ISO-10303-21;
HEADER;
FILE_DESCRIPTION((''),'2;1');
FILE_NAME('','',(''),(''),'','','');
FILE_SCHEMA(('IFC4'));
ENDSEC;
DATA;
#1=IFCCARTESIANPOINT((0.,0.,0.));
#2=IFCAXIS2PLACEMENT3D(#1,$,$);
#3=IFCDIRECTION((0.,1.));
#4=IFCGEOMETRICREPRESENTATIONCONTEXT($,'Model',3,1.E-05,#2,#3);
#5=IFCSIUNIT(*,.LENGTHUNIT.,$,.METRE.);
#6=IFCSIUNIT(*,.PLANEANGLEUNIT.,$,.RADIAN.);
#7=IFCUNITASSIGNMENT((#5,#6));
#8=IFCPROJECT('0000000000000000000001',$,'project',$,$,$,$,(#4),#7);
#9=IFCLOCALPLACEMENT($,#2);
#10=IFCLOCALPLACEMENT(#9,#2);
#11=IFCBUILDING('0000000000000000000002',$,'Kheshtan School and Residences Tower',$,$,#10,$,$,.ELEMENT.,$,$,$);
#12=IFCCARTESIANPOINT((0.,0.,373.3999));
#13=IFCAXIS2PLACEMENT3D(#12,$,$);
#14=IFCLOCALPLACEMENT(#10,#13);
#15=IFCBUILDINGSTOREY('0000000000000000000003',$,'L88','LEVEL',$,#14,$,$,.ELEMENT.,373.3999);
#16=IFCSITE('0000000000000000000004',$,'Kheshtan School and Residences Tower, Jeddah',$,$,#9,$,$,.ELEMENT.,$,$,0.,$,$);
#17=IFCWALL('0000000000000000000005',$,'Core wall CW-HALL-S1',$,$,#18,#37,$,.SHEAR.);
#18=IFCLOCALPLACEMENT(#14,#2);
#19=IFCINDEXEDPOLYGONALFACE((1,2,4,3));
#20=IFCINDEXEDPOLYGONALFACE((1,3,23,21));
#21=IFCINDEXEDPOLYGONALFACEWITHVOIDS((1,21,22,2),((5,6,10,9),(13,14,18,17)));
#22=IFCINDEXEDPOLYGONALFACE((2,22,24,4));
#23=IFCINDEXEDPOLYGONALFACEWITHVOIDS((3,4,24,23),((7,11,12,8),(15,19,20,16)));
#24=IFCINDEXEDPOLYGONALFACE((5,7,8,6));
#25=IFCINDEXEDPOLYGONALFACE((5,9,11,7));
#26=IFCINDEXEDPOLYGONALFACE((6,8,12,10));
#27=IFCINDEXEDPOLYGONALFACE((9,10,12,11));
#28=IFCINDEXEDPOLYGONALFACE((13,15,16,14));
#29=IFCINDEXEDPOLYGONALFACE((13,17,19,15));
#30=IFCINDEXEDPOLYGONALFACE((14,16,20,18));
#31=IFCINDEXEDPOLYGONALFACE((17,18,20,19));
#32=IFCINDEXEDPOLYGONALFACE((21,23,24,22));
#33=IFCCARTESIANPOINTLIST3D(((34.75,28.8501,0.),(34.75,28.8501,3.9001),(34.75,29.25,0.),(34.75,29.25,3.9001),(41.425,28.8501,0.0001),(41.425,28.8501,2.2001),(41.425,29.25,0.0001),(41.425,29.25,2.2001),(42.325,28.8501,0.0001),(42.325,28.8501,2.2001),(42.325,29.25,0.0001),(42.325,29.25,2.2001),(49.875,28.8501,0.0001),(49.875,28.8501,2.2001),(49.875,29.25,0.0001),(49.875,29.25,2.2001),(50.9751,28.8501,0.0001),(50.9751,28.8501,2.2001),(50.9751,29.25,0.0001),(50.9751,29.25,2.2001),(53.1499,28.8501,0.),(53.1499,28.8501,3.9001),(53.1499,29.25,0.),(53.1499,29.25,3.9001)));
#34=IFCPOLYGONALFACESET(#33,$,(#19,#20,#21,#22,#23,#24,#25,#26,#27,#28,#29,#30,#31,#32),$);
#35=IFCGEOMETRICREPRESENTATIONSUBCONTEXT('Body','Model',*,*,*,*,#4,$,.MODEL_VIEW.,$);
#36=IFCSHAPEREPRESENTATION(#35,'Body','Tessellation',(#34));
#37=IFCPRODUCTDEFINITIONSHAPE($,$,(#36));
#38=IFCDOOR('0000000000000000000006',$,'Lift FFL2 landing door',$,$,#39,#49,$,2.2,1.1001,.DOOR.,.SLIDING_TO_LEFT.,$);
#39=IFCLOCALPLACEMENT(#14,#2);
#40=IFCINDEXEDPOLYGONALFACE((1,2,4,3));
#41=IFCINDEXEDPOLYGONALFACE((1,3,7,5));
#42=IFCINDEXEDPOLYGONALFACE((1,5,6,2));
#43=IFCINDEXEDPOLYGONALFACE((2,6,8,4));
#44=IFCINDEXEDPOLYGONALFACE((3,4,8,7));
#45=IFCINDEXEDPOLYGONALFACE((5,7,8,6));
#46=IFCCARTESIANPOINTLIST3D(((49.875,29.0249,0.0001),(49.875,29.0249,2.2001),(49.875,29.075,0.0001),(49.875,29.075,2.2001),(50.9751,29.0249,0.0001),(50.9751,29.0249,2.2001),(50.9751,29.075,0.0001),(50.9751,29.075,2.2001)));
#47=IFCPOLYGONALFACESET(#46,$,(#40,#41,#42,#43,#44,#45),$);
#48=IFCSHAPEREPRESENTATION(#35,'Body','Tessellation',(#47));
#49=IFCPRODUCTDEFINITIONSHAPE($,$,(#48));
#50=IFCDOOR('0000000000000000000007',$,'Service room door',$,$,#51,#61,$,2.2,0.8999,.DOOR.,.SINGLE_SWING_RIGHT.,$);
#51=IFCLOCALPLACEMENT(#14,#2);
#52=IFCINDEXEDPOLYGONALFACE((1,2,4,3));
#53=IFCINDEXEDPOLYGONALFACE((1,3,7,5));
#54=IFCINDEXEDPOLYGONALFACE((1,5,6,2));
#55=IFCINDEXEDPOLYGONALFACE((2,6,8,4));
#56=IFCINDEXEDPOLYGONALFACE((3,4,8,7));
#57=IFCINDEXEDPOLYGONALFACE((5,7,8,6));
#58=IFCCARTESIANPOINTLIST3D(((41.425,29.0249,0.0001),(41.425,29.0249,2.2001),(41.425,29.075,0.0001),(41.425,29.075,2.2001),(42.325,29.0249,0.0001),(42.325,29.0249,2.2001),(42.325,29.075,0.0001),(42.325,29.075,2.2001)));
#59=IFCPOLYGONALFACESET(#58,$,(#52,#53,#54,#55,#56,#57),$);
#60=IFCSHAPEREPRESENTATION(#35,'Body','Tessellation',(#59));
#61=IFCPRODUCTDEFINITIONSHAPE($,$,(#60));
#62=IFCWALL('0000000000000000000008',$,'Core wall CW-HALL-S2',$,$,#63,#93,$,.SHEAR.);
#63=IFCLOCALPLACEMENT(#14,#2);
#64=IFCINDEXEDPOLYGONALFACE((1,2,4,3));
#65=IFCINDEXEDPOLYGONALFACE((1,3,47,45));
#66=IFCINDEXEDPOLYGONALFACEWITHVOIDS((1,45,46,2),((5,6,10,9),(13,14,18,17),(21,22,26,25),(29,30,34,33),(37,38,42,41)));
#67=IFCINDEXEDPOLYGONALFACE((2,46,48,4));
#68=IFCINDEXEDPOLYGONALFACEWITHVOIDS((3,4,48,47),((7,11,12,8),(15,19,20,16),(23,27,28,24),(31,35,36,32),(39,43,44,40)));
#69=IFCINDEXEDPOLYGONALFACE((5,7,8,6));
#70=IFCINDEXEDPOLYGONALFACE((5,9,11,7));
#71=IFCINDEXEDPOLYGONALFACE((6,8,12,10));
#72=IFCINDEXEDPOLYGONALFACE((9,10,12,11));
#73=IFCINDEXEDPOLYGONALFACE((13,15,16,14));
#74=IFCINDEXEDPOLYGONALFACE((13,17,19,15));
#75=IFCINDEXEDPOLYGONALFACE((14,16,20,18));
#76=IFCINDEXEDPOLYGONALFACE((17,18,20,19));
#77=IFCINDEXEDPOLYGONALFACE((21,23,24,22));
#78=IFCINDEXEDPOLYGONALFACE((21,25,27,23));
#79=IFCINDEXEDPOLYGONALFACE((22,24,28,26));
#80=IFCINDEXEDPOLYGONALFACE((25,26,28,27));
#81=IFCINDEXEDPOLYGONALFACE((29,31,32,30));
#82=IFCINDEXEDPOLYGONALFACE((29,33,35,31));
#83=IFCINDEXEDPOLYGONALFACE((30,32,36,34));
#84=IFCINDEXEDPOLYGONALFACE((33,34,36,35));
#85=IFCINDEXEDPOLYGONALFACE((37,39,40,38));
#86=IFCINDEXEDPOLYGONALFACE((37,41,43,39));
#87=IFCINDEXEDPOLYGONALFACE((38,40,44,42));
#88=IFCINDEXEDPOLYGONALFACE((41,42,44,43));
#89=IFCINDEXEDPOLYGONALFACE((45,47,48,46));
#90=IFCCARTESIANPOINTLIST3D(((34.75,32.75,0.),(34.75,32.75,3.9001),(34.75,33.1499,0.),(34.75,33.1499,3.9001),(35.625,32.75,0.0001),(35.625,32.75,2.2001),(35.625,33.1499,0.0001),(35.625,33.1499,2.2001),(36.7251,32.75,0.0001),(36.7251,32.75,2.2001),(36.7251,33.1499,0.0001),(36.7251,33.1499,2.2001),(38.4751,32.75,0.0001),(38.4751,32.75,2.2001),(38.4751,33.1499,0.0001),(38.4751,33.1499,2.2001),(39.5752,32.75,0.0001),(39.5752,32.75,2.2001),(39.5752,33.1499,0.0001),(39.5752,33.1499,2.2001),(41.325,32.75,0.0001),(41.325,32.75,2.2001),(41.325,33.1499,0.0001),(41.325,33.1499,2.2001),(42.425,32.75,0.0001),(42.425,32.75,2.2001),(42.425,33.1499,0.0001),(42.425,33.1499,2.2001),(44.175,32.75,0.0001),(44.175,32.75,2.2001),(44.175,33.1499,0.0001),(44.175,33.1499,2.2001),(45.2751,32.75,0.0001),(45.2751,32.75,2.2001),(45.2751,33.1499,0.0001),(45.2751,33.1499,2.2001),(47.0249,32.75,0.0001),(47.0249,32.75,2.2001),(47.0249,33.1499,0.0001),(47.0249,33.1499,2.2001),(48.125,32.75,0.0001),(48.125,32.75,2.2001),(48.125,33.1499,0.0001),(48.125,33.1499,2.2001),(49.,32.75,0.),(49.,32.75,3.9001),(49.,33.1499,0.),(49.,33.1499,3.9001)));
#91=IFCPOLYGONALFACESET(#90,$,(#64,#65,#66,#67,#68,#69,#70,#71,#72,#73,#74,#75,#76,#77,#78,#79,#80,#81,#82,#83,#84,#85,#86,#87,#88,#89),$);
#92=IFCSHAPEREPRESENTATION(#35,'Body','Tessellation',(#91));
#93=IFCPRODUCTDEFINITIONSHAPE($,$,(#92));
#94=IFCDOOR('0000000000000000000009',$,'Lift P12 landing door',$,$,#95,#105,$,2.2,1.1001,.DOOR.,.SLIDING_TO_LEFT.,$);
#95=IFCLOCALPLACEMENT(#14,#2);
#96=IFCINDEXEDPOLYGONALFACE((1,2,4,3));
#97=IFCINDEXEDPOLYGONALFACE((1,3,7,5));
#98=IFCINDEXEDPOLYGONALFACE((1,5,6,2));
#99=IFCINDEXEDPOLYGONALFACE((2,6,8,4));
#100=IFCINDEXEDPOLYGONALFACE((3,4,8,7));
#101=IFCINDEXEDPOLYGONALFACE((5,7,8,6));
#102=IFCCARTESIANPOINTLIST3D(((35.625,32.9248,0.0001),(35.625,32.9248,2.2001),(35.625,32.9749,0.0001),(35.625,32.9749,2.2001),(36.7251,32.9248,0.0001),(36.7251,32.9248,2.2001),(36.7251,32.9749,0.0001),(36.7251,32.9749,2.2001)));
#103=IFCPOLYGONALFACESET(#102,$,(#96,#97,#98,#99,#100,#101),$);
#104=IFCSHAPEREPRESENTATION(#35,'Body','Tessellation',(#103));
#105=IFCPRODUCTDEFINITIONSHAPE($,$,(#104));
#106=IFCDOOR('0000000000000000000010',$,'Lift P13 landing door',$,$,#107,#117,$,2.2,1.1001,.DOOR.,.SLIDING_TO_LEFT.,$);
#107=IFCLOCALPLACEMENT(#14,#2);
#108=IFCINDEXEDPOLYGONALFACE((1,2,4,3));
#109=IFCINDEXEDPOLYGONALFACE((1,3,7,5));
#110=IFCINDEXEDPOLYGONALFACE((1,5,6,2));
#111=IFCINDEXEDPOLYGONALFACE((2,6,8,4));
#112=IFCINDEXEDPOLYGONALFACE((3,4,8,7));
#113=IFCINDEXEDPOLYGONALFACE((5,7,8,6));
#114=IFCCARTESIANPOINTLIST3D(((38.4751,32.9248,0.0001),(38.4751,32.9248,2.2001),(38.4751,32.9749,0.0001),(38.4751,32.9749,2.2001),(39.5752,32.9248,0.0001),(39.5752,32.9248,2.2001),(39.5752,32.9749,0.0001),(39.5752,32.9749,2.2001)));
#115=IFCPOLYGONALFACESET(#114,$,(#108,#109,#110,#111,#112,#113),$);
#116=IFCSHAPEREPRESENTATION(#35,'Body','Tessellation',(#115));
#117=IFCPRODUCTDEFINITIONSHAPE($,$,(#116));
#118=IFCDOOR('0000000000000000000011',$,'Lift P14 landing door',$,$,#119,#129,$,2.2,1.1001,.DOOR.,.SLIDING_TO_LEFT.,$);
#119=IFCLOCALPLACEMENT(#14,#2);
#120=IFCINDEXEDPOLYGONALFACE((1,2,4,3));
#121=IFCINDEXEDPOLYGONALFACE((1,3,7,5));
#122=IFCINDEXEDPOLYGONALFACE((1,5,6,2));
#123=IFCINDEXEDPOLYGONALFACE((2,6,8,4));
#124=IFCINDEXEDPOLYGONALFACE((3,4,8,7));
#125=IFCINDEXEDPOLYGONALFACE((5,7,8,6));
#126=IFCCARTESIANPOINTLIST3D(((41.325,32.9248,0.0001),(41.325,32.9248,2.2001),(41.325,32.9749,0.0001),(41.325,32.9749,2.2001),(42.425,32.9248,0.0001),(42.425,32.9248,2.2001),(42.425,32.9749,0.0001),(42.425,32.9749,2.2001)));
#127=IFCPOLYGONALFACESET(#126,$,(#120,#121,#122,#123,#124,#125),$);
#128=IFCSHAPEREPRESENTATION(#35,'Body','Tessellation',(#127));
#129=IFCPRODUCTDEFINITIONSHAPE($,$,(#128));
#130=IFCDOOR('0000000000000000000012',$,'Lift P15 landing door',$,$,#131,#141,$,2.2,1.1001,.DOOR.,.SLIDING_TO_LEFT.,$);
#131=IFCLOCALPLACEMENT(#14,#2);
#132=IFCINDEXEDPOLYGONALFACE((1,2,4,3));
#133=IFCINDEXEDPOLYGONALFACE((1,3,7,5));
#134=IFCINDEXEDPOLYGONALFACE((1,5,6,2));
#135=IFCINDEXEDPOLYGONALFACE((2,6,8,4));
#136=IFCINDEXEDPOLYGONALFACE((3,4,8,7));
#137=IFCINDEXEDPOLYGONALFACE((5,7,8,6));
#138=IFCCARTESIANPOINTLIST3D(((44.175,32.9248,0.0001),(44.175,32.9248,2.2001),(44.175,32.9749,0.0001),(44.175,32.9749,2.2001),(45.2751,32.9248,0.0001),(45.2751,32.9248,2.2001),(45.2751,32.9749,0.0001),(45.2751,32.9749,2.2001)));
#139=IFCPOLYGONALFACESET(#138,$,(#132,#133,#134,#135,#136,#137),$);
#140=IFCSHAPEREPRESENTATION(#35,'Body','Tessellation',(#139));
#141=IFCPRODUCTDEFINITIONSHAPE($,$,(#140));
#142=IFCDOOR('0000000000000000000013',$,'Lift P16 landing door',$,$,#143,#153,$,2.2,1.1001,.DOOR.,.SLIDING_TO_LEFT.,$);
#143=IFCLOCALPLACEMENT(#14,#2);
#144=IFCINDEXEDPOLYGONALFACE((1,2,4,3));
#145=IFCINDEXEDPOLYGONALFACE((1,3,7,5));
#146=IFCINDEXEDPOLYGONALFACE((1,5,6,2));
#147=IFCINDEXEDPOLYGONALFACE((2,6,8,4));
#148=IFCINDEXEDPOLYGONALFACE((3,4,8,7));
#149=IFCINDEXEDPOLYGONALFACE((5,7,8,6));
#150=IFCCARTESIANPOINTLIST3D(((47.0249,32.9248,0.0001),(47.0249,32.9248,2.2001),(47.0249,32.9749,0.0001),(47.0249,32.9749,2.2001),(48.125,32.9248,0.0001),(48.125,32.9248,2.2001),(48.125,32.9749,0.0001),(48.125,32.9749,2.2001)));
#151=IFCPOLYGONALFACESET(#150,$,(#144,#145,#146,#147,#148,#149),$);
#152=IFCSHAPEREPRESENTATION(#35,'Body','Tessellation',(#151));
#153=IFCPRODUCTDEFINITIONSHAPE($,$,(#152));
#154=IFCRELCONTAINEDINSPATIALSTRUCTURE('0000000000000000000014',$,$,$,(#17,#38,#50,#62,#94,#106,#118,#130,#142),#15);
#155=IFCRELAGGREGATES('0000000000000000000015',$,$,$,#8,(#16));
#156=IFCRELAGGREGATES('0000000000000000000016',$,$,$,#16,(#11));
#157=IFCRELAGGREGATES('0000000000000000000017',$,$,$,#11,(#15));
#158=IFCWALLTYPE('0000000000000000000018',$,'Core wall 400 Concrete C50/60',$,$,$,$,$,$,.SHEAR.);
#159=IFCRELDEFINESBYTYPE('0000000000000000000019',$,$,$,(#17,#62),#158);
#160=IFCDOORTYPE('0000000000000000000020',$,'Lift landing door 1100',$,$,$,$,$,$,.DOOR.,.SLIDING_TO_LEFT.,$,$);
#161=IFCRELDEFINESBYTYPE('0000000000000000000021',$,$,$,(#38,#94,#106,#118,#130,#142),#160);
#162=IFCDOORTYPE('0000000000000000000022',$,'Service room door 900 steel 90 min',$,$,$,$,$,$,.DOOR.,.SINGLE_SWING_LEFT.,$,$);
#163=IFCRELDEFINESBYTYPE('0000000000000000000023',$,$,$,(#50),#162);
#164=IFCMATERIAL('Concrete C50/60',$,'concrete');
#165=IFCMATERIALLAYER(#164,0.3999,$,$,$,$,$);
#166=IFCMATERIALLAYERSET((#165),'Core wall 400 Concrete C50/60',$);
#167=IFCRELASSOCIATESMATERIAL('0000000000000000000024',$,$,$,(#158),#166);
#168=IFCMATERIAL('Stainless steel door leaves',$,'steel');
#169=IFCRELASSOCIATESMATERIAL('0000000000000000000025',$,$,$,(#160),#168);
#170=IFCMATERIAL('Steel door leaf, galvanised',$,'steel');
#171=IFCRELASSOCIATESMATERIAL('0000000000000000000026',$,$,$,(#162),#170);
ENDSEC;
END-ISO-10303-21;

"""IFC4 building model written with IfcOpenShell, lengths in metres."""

from ifc_helpers import new_model, si_unit, direction, frame, frame_2d, origin, place, context, subcontext, project, spatial, rectangle, extrude, source, transform, mapped, material, layer, layer_set, type_object, element, fill, save


model = new_model("IFC4")

# Units and contexts
model_context = context("Model", 3, precision=1e-05, world=origin(), true_north=direction((0.0, 1.0)))
body_context = subcontext(model_context, "Body", "Model", "MODEL_VIEW")
ifc_project = project(units=[si_unit("LENGTHUNIT", "METRE"), si_unit("PLANEANGLEUNIT", "RADIAN")], contexts=[model_context])

# Site, building, storey
site_placement = place(None, origin())
site = spatial("IfcSite", under=ifc_project, at=site_placement, Name="Kheshtan School and Residences Tower, Jeddah", CompositionType="ELEMENT", RefElevation=0.0)
building_placement = place(site_placement, origin())
building = spatial("IfcBuilding", under=site, at=building_placement, Name="Kheshtan School and Residences Tower", CompositionType="ELEMENT")
storey_placement = place(building_placement, frame((0.0, 0.0, 373.3999)))
storey = spatial("IfcBuildingStorey", under=building, at=storey_placement, Name="L88", Description="LEVEL", CompositionType="ELEMENT", Elevation=373.3999)

# Walls, openings, doors
ifc_material_1 = material(Name="Concrete C50/60", Category="concrete")
ifc_layer_1 = layer(ifc_material_1, 0.3999)
ifc_layer_set_1 = layer_set([ifc_layer_1], Name="Core wall 400 Concrete C50/60")
wall_type_1 = type_object("IfcWallType", Name="Core wall 400 Concrete C50/60", PredefinedType="SHEAR", material=ifc_layer_set_1)
wall_1_placement = place(storey_placement, frame((34.75, 29.05, 0.0), z_axis=(0.0, 0.0, 1.0), x_axis=(1.0, 0.0, 0.0)))
wall_1 = element("IfcWall", 1, at=wall_1_placement, inside=storey, type_object=wall_type_1, Name="Core wall CW-HALL-S1", PredefinedType="SHEAR", context=body_context, shape_type="SweptSolid", body=[
    extrude(rectangle(XDim=18.3999, YDim=0.3999, at=frame_2d((9.2, 0.0))), origin(), (0.0, 0.0, 1.0), 3.9001),
])
opening_1_placement = place(wall_1_placement, frame((15.125, 0.0, 0.0)))
opening_1 = element("IfcOpeningElement", 2, at=opening_1_placement, cuts=wall_1, PredefinedType="OPENING", context=body_context, shape_type="SweptSolid", body=[
    extrude(rectangle(XDim=1.1001, YDim=2.2, at=frame_2d((0.55, 1.1001))), frame((0.0, 0.21, 0.0), z_axis=(0.0, -1.0, 0.0), x_axis=(1.0, 0.0, 0.0)), (0.0, 0.0, 1.0), 0.4199),
])
opening_2_placement = place(wall_1_placement, frame((6.675, 0.0, 0.0)))
opening_2 = element("IfcOpeningElement", 3, at=opening_2_placement, cuts=wall_1, PredefinedType="OPENING", context=body_context, shape_type="SweptSolid", body=[
    extrude(rectangle(XDim=0.8999, YDim=2.2, at=frame_2d((0.45, 1.1001))), frame((0.0, 0.21, 0.0), z_axis=(0.0, -1.0, 0.0), x_axis=(1.0, 0.0, 0.0)), (0.0, 0.0, 1.0), 0.4199),
])
ifc_material_2 = material(Name="Stainless steel door leaves", Category="steel")
door_type_1 = type_object("IfcDoorType", Name="Lift landing door 1100", OperationType="SLIDING_TO_LEFT", PredefinedType="DOOR", material=ifc_material_2)
shared_shape_1 = source(origin(), body_context, "Body", "SweptSolid", [
    extrude(rectangle(XDim=1.1001, YDim=2.2, at=frame_2d((0.55, 1.1001))), frame((0.0, 0.0249, 0.0), z_axis=(0.0, -1.0, 0.0), x_axis=(1.0, 0.0, 0.0)), (0.0, 0.0, 1.0), 0.05),
])
door_1_placement = place(opening_1_placement, origin())
door_1 = element("IfcDoor", 4, at=door_1_placement, inside=storey, type_object=door_type_1, Name="Lift FFL2 landing door", OperationType="SLIDING_TO_LEFT", OverallHeight=2.2, OverallWidth=1.1001, PredefinedType="DOOR", context=body_context, shape_type="MappedRepresentation", body=[
    mapped(shared_shape_1, transform((0.0, 0.0, 0.0), x_axis=(1.0, 0.0, 0.0), y_axis=(0.0, 1.0, 0.0), z_axis=(0.0, 0.0, 1.0), scale=1.0)),
])
fill(opening_1, door_1)
ifc_material_3 = material(Name="Steel door leaf, galvanised", Category="steel")
door_type_2 = type_object("IfcDoorType", Name="Service room door 900 steel 90 min", OperationType="SINGLE_SWING_LEFT", PredefinedType="DOOR", material=ifc_material_3)
shared_shape_2 = source(origin(), body_context, "Body", "SweptSolid", [
    extrude(rectangle(XDim=0.8999, YDim=2.2, at=frame_2d((0.45, 1.1001))), frame((0.0, 0.0249, 0.0), z_axis=(0.0, -1.0, 0.0), x_axis=(1.0, 0.0, 0.0)), (0.0, 0.0, 1.0), 0.05),
])
door_2_placement = place(opening_2_placement, origin())
door_2 = element("IfcDoor", 5, at=door_2_placement, inside=storey, type_object=door_type_2, Name="Service room door", OperationType="SINGLE_SWING_RIGHT", OverallHeight=2.2, OverallWidth=0.8999, PredefinedType="DOOR", context=body_context, shape_type="MappedRepresentation", body=[
    mapped(shared_shape_2, transform((0.0, 0.0, 0.0), x_axis=(1.0, 0.0, 0.0), y_axis=(0.0, 1.0, 0.0), z_axis=(0.0, 0.0, 1.0), scale=1.0)),
])
fill(opening_2, door_2)
wall_2_placement = place(storey_placement, frame((34.75, 32.95, 0.0), z_axis=(0.0, 0.0, 1.0), x_axis=(1.0, 0.0, 0.0)))
wall_2 = element("IfcWall", 6, at=wall_2_placement, inside=storey, type_object=wall_type_1, Name="Core wall CW-HALL-S2", PredefinedType="SHEAR", context=body_context, shape_type="SweptSolid", body=[
    extrude(rectangle(XDim=14.25, YDim=0.3999, at=frame_2d((7.125, 0.0))), origin(), (0.0, 0.0, 1.0), 3.9001),
])
opening_3_placement = place(wall_2_placement, frame((0.875, 0.0, 0.0)))
opening_3 = element("IfcOpeningElement", 7, at=opening_3_placement, cuts=wall_2, PredefinedType="OPENING", context=body_context, shape_type="SweptSolid", body=[
    extrude(rectangle(XDim=1.1001, YDim=2.2, at=frame_2d((0.55, 1.1001))), frame((0.0, 0.21, 0.0), z_axis=(0.0, -1.0, 0.0), x_axis=(1.0, 0.0, 0.0)), (0.0, 0.0, 1.0), 0.4199),
])
opening_4_placement = place(wall_2_placement, frame((3.7251, 0.0, 0.0)))
opening_4 = element("IfcOpeningElement", 8, at=opening_4_placement, cuts=wall_2, PredefinedType="OPENING", context=body_context, shape_type="SweptSolid", body=[
    extrude(rectangle(XDim=1.1001, YDim=2.2, at=frame_2d((0.55, 1.1001))), frame((0.0, 0.21, 0.0), z_axis=(0.0, -1.0, 0.0), x_axis=(1.0, 0.0, 0.0)), (0.0, 0.0, 1.0), 0.4199),
])
opening_5_placement = place(wall_2_placement, frame((6.575, 0.0, 0.0)))
opening_5 = element("IfcOpeningElement", 9, at=opening_5_placement, cuts=wall_2, PredefinedType="OPENING", context=body_context, shape_type="SweptSolid", body=[
    extrude(rectangle(XDim=1.1001, YDim=2.2, at=frame_2d((0.55, 1.1001))), frame((0.0, 0.21, 0.0), z_axis=(0.0, -1.0, 0.0), x_axis=(1.0, 0.0, 0.0)), (0.0, 0.0, 1.0), 0.4199),
])
opening_6_placement = place(wall_2_placement, frame((9.425, 0.0, 0.0)))
opening_6 = element("IfcOpeningElement", 10, at=opening_6_placement, cuts=wall_2, PredefinedType="OPENING", context=body_context, shape_type="SweptSolid", body=[
    extrude(rectangle(XDim=1.1001, YDim=2.2, at=frame_2d((0.55, 1.1001))), frame((0.0, 0.21, 0.0), z_axis=(0.0, -1.0, 0.0), x_axis=(1.0, 0.0, 0.0)), (0.0, 0.0, 1.0), 0.4199),
])
opening_7_placement = place(wall_2_placement, frame((12.2749, 0.0, 0.0)))
opening_7 = element("IfcOpeningElement", 11, at=opening_7_placement, cuts=wall_2, PredefinedType="OPENING", context=body_context, shape_type="SweptSolid", body=[
    extrude(rectangle(XDim=1.1001, YDim=2.2, at=frame_2d((0.55, 1.1001))), frame((0.0, 0.21, 0.0), z_axis=(0.0, -1.0, 0.0), x_axis=(1.0, 0.0, 0.0)), (0.0, 0.0, 1.0), 0.4199),
])
door_3_placement = place(opening_3_placement, origin())
door_3 = element("IfcDoor", 12, at=door_3_placement, inside=storey, type_object=door_type_1, Name="Lift P12 landing door", OperationType="SLIDING_TO_LEFT", OverallHeight=2.2, OverallWidth=1.1001, PredefinedType="DOOR", context=body_context, shape_type="MappedRepresentation", body=[
    mapped(shared_shape_1, transform((0.0, 0.0, 0.0), x_axis=(1.0, 0.0, 0.0), y_axis=(0.0, 1.0, 0.0), z_axis=(0.0, 0.0, 1.0), scale=1.0)),
])
fill(opening_3, door_3)
door_4_placement = place(opening_4_placement, origin())
door_4 = element("IfcDoor", 13, at=door_4_placement, inside=storey, type_object=door_type_1, Name="Lift P13 landing door", OperationType="SLIDING_TO_LEFT", OverallHeight=2.2, OverallWidth=1.1001, PredefinedType="DOOR", context=body_context, shape_type="MappedRepresentation", body=[
    mapped(shared_shape_1, transform((0.0, 0.0, 0.0), x_axis=(1.0, 0.0, 0.0), y_axis=(0.0, 1.0, 0.0), z_axis=(0.0, 0.0, 1.0), scale=1.0)),
])
fill(opening_4, door_4)
door_5_placement = place(opening_5_placement, origin())
door_5 = element("IfcDoor", 14, at=door_5_placement, inside=storey, type_object=door_type_1, Name="Lift P14 landing door", OperationType="SLIDING_TO_LEFT", OverallHeight=2.2, OverallWidth=1.1001, PredefinedType="DOOR", context=body_context, shape_type="MappedRepresentation", body=[
    mapped(shared_shape_1, transform((0.0, 0.0, 0.0), x_axis=(1.0, 0.0, 0.0), y_axis=(0.0, 1.0, 0.0), z_axis=(0.0, 0.0, 1.0), scale=1.0)),
])
fill(opening_5, door_5)
door_6_placement = place(opening_6_placement, origin())
door_6 = element("IfcDoor", 15, at=door_6_placement, inside=storey, type_object=door_type_1, Name="Lift P15 landing door", OperationType="SLIDING_TO_LEFT", OverallHeight=2.2, OverallWidth=1.1001, PredefinedType="DOOR", context=body_context, shape_type="MappedRepresentation", body=[
    mapped(shared_shape_1, transform((0.0, 0.0, 0.0), x_axis=(1.0, 0.0, 0.0), y_axis=(0.0, 1.0, 0.0), z_axis=(0.0, 0.0, 1.0), scale=1.0)),
])
fill(opening_6, door_6)
door_7_placement = place(opening_7_placement, origin())
door_7 = element("IfcDoor", 16, at=door_7_placement, inside=storey, type_object=door_type_1, Name="Lift P16 landing door", OperationType="SLIDING_TO_LEFT", OverallHeight=2.2, OverallWidth=1.1001, PredefinedType="DOOR", context=body_context, shape_type="MappedRepresentation", body=[
    mapped(shared_shape_1, transform((0.0, 0.0, 0.0), x_axis=(1.0, 0.0, 0.0), y_axis=(0.0, 1.0, 0.0), z_axis=(0.0, 0.0, 1.0), scale=1.0)),
])
fill(opening_7, door_7)

save(model, "model.ifc")
